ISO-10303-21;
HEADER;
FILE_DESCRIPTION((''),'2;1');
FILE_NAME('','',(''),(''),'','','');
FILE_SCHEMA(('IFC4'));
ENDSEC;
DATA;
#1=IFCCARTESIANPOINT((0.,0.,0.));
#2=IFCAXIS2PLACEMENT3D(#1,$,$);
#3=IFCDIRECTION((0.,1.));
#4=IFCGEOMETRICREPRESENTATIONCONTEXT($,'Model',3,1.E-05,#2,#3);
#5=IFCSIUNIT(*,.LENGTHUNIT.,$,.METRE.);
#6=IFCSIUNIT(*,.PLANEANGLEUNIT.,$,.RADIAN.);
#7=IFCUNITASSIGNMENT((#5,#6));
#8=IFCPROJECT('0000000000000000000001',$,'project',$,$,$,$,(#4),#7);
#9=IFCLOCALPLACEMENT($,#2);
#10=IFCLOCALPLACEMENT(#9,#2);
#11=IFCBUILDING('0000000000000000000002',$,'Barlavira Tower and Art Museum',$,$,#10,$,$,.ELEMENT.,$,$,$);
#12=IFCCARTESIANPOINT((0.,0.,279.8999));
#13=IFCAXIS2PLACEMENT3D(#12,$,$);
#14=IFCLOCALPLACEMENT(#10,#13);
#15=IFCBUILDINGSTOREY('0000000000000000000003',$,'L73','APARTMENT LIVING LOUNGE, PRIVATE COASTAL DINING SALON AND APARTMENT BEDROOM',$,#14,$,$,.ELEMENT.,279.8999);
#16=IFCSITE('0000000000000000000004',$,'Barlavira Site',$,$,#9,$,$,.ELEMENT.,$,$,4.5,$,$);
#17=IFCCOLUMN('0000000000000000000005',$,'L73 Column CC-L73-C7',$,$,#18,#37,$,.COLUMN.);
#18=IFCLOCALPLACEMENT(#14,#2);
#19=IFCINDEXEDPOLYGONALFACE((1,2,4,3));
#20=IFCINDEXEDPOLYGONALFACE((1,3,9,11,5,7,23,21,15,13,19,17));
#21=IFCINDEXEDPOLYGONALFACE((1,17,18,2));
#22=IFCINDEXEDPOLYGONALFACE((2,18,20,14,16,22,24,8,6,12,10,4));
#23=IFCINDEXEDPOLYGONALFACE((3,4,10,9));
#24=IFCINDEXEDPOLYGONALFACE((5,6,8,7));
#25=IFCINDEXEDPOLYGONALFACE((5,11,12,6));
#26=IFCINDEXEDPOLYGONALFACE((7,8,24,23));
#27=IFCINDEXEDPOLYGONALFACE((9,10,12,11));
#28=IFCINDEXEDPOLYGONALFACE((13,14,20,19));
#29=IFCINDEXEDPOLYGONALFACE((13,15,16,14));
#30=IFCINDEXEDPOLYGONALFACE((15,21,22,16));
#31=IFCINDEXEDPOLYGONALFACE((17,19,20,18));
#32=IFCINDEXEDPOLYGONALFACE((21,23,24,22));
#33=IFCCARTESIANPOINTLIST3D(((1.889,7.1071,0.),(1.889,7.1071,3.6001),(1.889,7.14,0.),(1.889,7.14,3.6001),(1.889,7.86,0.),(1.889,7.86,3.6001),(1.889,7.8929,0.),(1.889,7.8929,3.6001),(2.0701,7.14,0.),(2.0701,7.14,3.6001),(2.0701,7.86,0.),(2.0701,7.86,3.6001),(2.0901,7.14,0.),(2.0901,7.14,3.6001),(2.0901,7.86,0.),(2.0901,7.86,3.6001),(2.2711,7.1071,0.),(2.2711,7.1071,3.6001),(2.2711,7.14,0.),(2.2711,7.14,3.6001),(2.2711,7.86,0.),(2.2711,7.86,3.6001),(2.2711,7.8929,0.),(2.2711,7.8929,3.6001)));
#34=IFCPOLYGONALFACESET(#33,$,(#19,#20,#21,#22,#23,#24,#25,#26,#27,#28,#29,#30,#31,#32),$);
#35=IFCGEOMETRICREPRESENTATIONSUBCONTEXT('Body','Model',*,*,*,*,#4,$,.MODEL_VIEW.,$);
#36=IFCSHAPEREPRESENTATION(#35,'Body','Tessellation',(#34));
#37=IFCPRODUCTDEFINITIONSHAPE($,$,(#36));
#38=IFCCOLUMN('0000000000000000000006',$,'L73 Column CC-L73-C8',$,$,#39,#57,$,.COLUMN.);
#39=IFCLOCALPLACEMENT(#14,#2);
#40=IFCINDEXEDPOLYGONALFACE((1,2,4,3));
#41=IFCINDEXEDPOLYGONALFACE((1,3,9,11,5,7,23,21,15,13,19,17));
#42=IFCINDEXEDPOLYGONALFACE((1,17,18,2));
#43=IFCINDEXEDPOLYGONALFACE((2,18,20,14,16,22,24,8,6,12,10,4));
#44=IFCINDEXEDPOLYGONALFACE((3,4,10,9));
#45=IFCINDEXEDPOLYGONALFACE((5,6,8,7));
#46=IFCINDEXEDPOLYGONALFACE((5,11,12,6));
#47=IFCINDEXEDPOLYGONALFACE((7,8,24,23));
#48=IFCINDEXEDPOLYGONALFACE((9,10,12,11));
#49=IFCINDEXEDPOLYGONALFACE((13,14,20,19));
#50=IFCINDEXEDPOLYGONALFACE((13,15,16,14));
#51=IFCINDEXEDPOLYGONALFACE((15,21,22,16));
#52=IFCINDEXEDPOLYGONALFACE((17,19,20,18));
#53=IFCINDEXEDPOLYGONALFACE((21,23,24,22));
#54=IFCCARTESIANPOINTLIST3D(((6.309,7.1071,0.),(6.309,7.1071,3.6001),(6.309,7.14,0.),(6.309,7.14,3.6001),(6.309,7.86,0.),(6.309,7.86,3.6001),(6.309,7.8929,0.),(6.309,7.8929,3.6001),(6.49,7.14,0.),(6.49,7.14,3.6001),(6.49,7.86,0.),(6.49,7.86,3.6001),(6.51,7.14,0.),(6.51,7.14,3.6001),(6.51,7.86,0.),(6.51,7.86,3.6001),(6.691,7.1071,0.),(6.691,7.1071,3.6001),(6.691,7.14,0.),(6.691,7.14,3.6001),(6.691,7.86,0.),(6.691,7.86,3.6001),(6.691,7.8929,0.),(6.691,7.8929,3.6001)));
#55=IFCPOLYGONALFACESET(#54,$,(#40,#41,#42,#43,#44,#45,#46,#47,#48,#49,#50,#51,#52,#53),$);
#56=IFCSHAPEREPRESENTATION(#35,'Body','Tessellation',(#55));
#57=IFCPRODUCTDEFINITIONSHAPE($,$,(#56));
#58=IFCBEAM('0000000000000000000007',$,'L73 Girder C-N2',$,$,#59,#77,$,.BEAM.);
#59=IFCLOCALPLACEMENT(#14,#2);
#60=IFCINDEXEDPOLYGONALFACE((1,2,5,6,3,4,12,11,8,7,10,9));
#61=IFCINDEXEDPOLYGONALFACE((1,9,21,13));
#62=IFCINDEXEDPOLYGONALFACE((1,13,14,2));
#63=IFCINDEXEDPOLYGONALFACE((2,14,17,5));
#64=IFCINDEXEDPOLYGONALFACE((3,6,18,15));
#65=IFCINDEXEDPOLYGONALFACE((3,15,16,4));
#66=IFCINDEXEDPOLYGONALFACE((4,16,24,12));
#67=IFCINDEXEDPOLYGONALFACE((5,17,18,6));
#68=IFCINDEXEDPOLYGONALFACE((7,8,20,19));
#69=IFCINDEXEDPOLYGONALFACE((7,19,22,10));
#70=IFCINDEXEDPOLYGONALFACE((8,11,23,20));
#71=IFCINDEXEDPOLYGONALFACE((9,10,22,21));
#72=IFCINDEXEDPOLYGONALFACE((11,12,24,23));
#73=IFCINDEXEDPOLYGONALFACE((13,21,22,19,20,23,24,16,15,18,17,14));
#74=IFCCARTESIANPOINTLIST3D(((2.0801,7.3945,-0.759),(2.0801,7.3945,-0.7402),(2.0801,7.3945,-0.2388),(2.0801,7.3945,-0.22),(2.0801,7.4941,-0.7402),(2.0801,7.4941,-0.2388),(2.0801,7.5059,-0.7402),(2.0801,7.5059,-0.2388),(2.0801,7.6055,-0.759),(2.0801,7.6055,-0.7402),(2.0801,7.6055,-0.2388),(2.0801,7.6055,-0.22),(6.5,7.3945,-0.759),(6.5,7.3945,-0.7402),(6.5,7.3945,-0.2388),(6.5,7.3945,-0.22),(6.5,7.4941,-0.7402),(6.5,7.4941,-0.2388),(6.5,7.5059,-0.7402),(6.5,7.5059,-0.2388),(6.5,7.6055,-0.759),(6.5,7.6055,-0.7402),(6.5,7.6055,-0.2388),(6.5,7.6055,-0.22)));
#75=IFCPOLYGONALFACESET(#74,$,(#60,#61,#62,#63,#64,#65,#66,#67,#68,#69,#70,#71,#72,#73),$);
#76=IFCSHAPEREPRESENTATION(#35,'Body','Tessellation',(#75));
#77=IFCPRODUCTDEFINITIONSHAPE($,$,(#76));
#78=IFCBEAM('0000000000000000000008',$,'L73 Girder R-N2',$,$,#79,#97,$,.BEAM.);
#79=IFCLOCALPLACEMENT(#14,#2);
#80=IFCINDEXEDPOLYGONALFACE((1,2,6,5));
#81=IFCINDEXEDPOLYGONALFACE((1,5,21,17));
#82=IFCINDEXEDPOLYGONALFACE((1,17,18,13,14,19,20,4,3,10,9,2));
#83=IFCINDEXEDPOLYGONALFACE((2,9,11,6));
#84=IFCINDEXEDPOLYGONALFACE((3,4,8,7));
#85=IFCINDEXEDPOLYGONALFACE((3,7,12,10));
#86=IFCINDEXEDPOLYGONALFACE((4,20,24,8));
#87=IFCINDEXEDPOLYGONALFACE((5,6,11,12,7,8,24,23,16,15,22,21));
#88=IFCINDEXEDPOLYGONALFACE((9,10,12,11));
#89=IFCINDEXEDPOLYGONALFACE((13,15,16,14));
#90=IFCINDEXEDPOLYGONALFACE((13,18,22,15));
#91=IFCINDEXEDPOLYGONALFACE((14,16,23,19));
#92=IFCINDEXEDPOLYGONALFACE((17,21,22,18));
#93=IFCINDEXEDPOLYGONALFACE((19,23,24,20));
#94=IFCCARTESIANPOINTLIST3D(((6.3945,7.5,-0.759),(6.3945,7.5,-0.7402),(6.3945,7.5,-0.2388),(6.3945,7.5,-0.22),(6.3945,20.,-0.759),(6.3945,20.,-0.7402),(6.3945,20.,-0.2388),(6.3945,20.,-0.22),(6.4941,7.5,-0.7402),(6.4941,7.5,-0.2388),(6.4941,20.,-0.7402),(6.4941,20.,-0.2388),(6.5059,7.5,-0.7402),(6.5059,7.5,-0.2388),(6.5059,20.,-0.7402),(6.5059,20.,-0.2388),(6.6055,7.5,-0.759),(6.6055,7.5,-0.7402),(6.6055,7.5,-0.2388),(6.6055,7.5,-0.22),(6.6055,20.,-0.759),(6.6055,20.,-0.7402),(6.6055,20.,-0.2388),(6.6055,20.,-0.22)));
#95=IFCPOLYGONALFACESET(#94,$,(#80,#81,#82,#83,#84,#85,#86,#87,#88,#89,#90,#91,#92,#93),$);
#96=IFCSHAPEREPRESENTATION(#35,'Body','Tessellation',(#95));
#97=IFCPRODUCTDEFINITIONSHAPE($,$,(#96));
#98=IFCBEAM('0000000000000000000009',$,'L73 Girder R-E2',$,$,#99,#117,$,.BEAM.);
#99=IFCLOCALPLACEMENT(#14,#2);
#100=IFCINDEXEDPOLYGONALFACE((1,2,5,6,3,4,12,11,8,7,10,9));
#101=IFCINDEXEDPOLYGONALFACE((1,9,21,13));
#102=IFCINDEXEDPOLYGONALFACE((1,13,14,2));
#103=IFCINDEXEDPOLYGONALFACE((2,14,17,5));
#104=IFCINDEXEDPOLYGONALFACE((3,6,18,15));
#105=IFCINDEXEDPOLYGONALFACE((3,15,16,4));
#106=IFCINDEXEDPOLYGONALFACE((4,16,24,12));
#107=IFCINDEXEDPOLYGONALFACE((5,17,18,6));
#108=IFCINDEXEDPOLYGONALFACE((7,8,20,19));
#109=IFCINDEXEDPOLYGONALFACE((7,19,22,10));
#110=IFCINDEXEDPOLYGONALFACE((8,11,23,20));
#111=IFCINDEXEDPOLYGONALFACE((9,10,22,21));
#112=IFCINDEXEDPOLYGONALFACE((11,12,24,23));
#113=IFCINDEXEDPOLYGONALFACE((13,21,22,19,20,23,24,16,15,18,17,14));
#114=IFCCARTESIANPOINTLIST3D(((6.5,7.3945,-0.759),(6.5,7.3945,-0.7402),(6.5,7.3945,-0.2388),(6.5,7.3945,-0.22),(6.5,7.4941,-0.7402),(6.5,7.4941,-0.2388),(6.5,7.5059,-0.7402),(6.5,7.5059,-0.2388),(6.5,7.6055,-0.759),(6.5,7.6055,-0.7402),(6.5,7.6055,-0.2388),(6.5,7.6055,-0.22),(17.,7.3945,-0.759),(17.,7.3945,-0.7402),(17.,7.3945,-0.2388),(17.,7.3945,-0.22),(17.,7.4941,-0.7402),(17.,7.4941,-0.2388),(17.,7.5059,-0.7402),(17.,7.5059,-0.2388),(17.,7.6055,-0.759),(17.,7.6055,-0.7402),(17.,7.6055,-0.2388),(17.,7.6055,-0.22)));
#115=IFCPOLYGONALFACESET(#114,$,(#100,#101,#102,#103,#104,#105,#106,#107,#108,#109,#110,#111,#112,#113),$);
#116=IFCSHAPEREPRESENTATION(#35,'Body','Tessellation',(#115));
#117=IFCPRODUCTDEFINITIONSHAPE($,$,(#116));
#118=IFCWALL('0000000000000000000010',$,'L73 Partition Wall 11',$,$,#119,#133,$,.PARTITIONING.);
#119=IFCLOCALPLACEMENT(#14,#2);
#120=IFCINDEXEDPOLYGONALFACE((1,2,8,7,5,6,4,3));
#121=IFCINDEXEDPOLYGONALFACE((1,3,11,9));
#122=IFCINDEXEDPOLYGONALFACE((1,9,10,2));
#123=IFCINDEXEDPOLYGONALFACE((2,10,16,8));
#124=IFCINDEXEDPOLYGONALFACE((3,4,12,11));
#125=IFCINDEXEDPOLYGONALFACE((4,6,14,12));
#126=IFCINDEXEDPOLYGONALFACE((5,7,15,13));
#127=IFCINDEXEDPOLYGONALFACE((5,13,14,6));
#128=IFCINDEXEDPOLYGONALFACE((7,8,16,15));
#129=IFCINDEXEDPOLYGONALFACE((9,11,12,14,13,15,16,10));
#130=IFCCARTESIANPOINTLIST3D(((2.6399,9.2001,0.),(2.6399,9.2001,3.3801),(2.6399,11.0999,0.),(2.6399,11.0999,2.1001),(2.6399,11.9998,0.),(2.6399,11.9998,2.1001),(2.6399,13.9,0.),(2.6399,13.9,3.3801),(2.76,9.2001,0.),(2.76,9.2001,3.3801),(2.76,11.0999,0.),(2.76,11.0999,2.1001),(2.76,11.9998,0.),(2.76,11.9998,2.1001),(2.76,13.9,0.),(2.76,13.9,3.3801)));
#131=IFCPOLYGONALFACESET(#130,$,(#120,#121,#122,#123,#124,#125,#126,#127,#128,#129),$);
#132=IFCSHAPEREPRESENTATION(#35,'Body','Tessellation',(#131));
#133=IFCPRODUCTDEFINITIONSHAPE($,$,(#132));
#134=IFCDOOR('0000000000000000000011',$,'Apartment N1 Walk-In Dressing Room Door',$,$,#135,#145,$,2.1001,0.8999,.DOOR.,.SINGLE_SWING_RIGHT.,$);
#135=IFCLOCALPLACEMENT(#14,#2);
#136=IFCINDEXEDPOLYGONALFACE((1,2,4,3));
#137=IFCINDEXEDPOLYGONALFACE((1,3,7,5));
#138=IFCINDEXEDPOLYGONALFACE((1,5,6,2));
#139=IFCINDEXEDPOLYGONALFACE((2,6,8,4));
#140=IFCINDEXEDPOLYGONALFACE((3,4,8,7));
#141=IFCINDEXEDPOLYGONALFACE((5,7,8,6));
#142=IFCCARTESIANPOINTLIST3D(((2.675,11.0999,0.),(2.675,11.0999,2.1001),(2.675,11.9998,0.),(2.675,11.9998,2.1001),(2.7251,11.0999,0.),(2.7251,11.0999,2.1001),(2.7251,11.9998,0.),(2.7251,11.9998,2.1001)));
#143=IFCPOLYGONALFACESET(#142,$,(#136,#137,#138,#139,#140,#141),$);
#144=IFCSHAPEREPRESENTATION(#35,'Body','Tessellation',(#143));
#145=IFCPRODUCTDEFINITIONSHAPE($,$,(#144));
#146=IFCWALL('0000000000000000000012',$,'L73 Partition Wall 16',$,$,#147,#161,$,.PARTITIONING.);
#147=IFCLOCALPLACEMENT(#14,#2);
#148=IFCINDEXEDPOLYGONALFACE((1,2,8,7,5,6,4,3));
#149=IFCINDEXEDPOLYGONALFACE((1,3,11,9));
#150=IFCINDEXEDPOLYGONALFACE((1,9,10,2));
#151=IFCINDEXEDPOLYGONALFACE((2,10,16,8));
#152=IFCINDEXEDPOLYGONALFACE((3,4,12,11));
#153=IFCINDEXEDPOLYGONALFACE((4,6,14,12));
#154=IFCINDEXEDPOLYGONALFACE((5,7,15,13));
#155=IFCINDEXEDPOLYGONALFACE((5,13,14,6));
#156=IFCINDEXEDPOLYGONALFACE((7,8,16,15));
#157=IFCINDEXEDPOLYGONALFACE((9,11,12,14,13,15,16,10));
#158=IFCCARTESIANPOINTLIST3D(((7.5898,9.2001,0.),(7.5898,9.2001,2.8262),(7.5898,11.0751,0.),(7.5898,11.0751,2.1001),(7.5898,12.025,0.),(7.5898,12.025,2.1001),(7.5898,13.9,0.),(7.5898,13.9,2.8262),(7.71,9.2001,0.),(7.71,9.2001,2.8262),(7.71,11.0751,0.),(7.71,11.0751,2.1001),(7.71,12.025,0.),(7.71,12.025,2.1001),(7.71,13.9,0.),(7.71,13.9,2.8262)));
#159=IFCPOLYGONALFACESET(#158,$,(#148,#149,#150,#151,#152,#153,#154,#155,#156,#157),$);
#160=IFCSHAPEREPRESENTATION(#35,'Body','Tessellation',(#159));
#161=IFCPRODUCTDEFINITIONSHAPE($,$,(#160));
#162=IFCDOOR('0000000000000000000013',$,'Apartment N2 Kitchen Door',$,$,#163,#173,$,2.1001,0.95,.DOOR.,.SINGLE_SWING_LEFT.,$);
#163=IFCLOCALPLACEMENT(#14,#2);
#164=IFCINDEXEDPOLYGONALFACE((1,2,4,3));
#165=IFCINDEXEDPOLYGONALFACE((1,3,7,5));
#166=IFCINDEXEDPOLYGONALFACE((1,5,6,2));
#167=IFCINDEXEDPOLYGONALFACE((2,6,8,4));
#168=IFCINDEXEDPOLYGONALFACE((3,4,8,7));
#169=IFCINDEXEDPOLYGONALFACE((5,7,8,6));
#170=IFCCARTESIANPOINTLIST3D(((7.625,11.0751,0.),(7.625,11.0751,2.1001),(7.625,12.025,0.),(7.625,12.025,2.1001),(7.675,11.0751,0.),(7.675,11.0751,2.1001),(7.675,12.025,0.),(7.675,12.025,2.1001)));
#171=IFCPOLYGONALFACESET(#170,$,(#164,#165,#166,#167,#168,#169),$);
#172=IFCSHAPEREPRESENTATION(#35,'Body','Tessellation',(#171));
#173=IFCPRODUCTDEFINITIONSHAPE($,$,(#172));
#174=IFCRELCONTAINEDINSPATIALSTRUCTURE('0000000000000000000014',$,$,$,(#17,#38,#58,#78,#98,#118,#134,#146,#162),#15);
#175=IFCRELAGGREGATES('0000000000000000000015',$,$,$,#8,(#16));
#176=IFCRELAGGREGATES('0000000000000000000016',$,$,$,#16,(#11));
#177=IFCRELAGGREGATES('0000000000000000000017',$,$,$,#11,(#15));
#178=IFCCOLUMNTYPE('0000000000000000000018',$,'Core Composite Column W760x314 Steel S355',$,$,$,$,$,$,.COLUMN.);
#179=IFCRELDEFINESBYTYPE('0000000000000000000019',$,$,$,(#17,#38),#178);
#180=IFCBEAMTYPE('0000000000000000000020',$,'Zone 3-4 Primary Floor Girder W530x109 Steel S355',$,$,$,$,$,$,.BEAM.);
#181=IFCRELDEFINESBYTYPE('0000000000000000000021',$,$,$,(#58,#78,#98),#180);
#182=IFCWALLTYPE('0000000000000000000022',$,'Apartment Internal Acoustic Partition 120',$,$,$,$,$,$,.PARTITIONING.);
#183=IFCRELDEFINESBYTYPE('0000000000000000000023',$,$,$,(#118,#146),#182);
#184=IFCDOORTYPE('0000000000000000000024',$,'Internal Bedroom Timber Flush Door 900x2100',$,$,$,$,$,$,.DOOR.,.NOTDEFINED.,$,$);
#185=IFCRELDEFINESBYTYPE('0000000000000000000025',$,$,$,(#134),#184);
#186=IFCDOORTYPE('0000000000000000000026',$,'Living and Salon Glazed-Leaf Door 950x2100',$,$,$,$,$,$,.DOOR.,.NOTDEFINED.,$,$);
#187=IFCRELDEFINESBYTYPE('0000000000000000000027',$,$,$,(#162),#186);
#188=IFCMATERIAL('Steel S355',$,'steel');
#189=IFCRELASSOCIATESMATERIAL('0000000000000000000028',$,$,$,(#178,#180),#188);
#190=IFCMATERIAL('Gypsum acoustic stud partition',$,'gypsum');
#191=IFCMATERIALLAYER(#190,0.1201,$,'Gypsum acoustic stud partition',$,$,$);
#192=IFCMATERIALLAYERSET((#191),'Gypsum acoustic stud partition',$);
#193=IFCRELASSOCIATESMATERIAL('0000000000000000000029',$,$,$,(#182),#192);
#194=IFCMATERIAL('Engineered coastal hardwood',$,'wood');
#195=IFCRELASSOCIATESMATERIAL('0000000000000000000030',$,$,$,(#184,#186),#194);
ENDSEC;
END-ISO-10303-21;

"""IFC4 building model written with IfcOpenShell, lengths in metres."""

from ifc_helpers import new_model, si_unit, direction, frame, frame_2d, origin, origin_2d, place, context, subcontext, project, spatial, rectangle, i_section, extrude, material, layer, layer_set, material_profile, profile_set, type_object, element, fill, save


model = new_model("IFC4")

# Units and contexts
model_context = context("Model", 3, precision=1e-05, world=origin(), true_north=direction((0.0, 1.0)))
body_context = subcontext(model_context, "Body", "Model", "MODEL_VIEW")
ifc_project = project(units=[si_unit("LENGTHUNIT", "METRE"), si_unit("PLANEANGLEUNIT", "RADIAN")], contexts=[model_context])

# Site, building, storey
site_placement = place(None, origin())
site = spatial("IfcSite", under=ifc_project, at=site_placement, Name="Barlavira Site", CompositionType="ELEMENT", RefElevation=4.5)
building_placement = place(site_placement, origin())
building = spatial("IfcBuilding", under=site, at=building_placement, Name="Barlavira Tower and Art Museum", CompositionType="ELEMENT")
storey_placement = place(building_placement, frame((0.0, 0.0, 279.8999)))
storey = spatial("IfcBuildingStorey", under=building, at=storey_placement, Name="L73", Description="APARTMENT LIVING LOUNGE, PRIVATE COASTAL DINING SALON AND APARTMENT BEDROOM", CompositionType="ELEMENT", Elevation=279.8999)

# Columns
ifc_material_1 = material(Name="Steel S355", Category="steel")
ifc_material_profile_1 = material_profile(ifc_material_1, i_section(OverallWidth=0.3821, OverallDepth=0.7859, WebThickness=0.02, FlangeThickness=0.033, at=origin_2d()), Name="W760x314.0")
ifc_profile_set_1 = profile_set([ifc_material_profile_1], Name="Steel S355")
column_type = type_object("IfcColumnType", Name="Core Composite Column W760x314 Steel S355", PredefinedType="COLUMN", material=ifc_profile_set_1)
for number, where, z_axis, x_axis, name in (
    (1, (2.0801, 7.5, 0.0), (0.0, 0.0, 1.0), (1.0, 0.0, 0.0), "L73 Column CC-L73-C7"),
    (2, (6.5, 7.5, 0.0), (0.0, 0.0, 1.0), (1.0, 0.0, 0.0), "L73 Column CC-L73-C8"),
):
    element("IfcColumn", number, at=place(storey_placement, frame(where, z_axis=z_axis, x_axis=x_axis)), inside=storey, type_object=column_type, Name=name, PredefinedType="COLUMN", context=body_context, shape_type="SweptSolid", body=[
        extrude(i_section(OverallWidth=0.3821, OverallDepth=0.7859, WebThickness=0.02, FlangeThickness=0.033, at=origin_2d()), origin(), (0.0, 0.0, 1.0), 3.6001),
    ])

# Beams
ifc_material_profile_2 = material_profile(ifc_material_1, i_section(OverallWidth=0.2109, OverallDepth=0.5391, WebThickness=0.0117, FlangeThickness=0.0188, at=origin_2d()), Name="W530x109.0")
ifc_profile_set_2 = profile_set([ifc_material_profile_2], Name="Steel S355")
beam_type = type_object("IfcBeamType", Name="Zone 3-4 Primary Floor Girder W530x109 Steel S355", PredefinedType="BEAM", material=ifc_profile_set_2)
beam_1_placement = place(storey_placement, frame((2.0801, 7.5, -0.4895), z_axis=(1.0, 0.0, 0.0), x_axis=(0.0, 1.0, 0.0)))
element("IfcBeam", 3, at=beam_1_placement, inside=storey, type_object=beam_type, Name="L73 Girder C-N2", PredefinedType="BEAM", context=body_context, shape_type="SweptSolid", body=[
    extrude(i_section(OverallWidth=0.2109, OverallDepth=0.5391, WebThickness=0.0117, FlangeThickness=0.0188, at=origin_2d()), origin(), (0.0, 0.0, 1.0), 4.4199),
])
beam_2_placement = place(storey_placement, frame((6.5, 7.5, -0.4895), z_axis=(0.0, 1.0, 0.0), x_axis=(-1.0, 0.0, 0.0)))
element("IfcBeam", 4, at=beam_2_placement, inside=storey, type_object=beam_type, Name="L73 Girder R-N2", PredefinedType="BEAM", context=body_context, shape_type="SweptSolid", body=[
    extrude(i_section(OverallWidth=0.2109, OverallDepth=0.5391, WebThickness=0.0117, FlangeThickness=0.0188, at=origin_2d()), origin(), (0.0, 0.0, 1.0), 12.5),
])
beam_3_placement = place(storey_placement, frame((6.5, 7.5, -0.4895), z_axis=(1.0, 0.0, 0.0), x_axis=(0.0, 1.0, 0.0)))
element("IfcBeam", 5, at=beam_3_placement, inside=storey, type_object=beam_type, Name="L73 Girder R-E2", PredefinedType="BEAM", context=body_context, shape_type="SweptSolid", body=[
    extrude(i_section(OverallWidth=0.2109, OverallDepth=0.5391, WebThickness=0.0117, FlangeThickness=0.0188, at=origin_2d()), origin(), (0.0, 0.0, 1.0), 10.5),
])

# Walls, openings, doors
ifc_material_2 = material(Name="Gypsum acoustic stud partition", Category="gypsum")
ifc_layer_1 = layer(ifc_material_2, 0.1201, Name="Gypsum acoustic stud partition")
ifc_layer_set_1 = layer_set([ifc_layer_1], Name="Gypsum acoustic stud partition")
wall_type_1 = type_object("IfcWallType", Name="Apartment Internal Acoustic Partition 120", PredefinedType="PARTITIONING", material=ifc_layer_set_1)
wall_1_placement = place(storey_placement, frame((2.7, 9.2, 0.0), z_axis=(0.0, 0.0, 1.0), x_axis=(0.0, 1.0, 0.0)))
wall_1 = element("IfcWall", 6, at=wall_1_placement, inside=storey, type_object=wall_type_1, Name="L73 Partition Wall 11", PredefinedType="PARTITIONING", context=body_context, shape_type="SweptSolid", body=[
    extrude(rectangle(XDim=4.7, YDim=0.1201, at=frame_2d((2.3501, 0.0))), origin(), (0.0, 0.0, 1.0), 3.3801),
])
opening_1_placement = place(wall_1_placement, frame((1.8999, 0.0, 0.0)))
opening_1 = element("IfcOpeningElement", 7, at=opening_1_placement, cuts=wall_1, PredefinedType="OPENING", context=body_context, shape_type="SweptSolid", body=[
    extrude(rectangle(XDim=0.8999, YDim=2.1001, at=frame_2d((0.45, 1.05))), frame((0.0, 0.0701, 0.0), z_axis=(0.0, -1.0, 0.0), x_axis=(1.0, 0.0, 0.0)), (0.0, 0.0, 1.0), 0.1401),
])
ifc_material_3 = material(Name="Engineered coastal hardwood", Category="wood")
door_type_1 = type_object("IfcDoorType", Name="Internal Bedroom Timber Flush Door 900x2100", OperationType="NOTDEFINED", PredefinedType="DOOR", material=ifc_material_3)
door_1_placement = place(opening_1_placement, origin())
door_1 = element("IfcDoor", 8, at=door_1_placement, inside=storey, type_object=door_type_1, Name="Apartment N1 Walk-In Dressing Room Door", OperationType="SINGLE_SWING_RIGHT", OverallHeight=2.1001, OverallWidth=0.8999, PredefinedType="DOOR", context=body_context, shape_type="SweptSolid", body=[
    extrude(rectangle(XDim=0.8999, YDim=2.1001, at=frame_2d((0.45, 1.05))), frame((0.0, 0.0249, 0.0), z_axis=(0.0, -1.0, 0.0), x_axis=(1.0, 0.0, 0.0)), (0.0, 0.0, 1.0), 0.05),
])
fill(opening_1, door_1)
wall_2_placement = place(storey_placement, frame((7.6499, 9.2, 0.0), z_axis=(0.0, 0.0, 1.0), x_axis=(0.0, 1.0, 0.0)))
wall_2 = element("IfcWall", 9, at=wall_2_placement, inside=storey, type_object=wall_type_1, Name="L73 Partition Wall 16", PredefinedType="PARTITIONING", context=body_context, shape_type="SweptSolid", body=[
    extrude(rectangle(XDim=4.7, YDim=0.1201, at=frame_2d((2.3501, 0.0))), origin(), (0.0, 0.0, 1.0), 2.8262),
])
opening_2_placement = place(wall_2_placement, frame((1.875, 0.0, 0.0)))
opening_2 = element("IfcOpeningElement", 10, at=opening_2_placement, cuts=wall_2, PredefinedType="OPENING", context=body_context, shape_type="SweptSolid", body=[
    extrude(rectangle(XDim=0.95, YDim=2.1001, at=frame_2d((0.4751, 1.05))), frame((0.0, 0.0701, 0.0), z_axis=(0.0, -1.0, 0.0), x_axis=(1.0, 0.0, 0.0)), (0.0, 0.0, 1.0), 0.1401),
])
door_type_2 = type_object("IfcDoorType", Name="Living and Salon Glazed-Leaf Door 950x2100", OperationType="NOTDEFINED", PredefinedType="DOOR", material=ifc_material_3)
door_2_placement = place(opening_2_placement, origin())
door_2 = element("IfcDoor", 11, at=door_2_placement, inside=storey, type_object=door_type_2, Name="Apartment N2 Kitchen Door", OperationType="SINGLE_SWING_LEFT", OverallHeight=2.1001, OverallWidth=0.95, PredefinedType="DOOR", context=body_context, shape_type="SweptSolid", body=[
    extrude(rectangle(XDim=0.95, YDim=2.1001, at=frame_2d((0.4751, 1.05))), frame((0.0, 0.0249, 0.0), z_axis=(0.0, -1.0, 0.0), x_axis=(1.0, 0.0, 0.0)), (0.0, 0.0, 1.0), 0.05),
])
fill(opening_2, door_2)

save(model, "model.ifc")
